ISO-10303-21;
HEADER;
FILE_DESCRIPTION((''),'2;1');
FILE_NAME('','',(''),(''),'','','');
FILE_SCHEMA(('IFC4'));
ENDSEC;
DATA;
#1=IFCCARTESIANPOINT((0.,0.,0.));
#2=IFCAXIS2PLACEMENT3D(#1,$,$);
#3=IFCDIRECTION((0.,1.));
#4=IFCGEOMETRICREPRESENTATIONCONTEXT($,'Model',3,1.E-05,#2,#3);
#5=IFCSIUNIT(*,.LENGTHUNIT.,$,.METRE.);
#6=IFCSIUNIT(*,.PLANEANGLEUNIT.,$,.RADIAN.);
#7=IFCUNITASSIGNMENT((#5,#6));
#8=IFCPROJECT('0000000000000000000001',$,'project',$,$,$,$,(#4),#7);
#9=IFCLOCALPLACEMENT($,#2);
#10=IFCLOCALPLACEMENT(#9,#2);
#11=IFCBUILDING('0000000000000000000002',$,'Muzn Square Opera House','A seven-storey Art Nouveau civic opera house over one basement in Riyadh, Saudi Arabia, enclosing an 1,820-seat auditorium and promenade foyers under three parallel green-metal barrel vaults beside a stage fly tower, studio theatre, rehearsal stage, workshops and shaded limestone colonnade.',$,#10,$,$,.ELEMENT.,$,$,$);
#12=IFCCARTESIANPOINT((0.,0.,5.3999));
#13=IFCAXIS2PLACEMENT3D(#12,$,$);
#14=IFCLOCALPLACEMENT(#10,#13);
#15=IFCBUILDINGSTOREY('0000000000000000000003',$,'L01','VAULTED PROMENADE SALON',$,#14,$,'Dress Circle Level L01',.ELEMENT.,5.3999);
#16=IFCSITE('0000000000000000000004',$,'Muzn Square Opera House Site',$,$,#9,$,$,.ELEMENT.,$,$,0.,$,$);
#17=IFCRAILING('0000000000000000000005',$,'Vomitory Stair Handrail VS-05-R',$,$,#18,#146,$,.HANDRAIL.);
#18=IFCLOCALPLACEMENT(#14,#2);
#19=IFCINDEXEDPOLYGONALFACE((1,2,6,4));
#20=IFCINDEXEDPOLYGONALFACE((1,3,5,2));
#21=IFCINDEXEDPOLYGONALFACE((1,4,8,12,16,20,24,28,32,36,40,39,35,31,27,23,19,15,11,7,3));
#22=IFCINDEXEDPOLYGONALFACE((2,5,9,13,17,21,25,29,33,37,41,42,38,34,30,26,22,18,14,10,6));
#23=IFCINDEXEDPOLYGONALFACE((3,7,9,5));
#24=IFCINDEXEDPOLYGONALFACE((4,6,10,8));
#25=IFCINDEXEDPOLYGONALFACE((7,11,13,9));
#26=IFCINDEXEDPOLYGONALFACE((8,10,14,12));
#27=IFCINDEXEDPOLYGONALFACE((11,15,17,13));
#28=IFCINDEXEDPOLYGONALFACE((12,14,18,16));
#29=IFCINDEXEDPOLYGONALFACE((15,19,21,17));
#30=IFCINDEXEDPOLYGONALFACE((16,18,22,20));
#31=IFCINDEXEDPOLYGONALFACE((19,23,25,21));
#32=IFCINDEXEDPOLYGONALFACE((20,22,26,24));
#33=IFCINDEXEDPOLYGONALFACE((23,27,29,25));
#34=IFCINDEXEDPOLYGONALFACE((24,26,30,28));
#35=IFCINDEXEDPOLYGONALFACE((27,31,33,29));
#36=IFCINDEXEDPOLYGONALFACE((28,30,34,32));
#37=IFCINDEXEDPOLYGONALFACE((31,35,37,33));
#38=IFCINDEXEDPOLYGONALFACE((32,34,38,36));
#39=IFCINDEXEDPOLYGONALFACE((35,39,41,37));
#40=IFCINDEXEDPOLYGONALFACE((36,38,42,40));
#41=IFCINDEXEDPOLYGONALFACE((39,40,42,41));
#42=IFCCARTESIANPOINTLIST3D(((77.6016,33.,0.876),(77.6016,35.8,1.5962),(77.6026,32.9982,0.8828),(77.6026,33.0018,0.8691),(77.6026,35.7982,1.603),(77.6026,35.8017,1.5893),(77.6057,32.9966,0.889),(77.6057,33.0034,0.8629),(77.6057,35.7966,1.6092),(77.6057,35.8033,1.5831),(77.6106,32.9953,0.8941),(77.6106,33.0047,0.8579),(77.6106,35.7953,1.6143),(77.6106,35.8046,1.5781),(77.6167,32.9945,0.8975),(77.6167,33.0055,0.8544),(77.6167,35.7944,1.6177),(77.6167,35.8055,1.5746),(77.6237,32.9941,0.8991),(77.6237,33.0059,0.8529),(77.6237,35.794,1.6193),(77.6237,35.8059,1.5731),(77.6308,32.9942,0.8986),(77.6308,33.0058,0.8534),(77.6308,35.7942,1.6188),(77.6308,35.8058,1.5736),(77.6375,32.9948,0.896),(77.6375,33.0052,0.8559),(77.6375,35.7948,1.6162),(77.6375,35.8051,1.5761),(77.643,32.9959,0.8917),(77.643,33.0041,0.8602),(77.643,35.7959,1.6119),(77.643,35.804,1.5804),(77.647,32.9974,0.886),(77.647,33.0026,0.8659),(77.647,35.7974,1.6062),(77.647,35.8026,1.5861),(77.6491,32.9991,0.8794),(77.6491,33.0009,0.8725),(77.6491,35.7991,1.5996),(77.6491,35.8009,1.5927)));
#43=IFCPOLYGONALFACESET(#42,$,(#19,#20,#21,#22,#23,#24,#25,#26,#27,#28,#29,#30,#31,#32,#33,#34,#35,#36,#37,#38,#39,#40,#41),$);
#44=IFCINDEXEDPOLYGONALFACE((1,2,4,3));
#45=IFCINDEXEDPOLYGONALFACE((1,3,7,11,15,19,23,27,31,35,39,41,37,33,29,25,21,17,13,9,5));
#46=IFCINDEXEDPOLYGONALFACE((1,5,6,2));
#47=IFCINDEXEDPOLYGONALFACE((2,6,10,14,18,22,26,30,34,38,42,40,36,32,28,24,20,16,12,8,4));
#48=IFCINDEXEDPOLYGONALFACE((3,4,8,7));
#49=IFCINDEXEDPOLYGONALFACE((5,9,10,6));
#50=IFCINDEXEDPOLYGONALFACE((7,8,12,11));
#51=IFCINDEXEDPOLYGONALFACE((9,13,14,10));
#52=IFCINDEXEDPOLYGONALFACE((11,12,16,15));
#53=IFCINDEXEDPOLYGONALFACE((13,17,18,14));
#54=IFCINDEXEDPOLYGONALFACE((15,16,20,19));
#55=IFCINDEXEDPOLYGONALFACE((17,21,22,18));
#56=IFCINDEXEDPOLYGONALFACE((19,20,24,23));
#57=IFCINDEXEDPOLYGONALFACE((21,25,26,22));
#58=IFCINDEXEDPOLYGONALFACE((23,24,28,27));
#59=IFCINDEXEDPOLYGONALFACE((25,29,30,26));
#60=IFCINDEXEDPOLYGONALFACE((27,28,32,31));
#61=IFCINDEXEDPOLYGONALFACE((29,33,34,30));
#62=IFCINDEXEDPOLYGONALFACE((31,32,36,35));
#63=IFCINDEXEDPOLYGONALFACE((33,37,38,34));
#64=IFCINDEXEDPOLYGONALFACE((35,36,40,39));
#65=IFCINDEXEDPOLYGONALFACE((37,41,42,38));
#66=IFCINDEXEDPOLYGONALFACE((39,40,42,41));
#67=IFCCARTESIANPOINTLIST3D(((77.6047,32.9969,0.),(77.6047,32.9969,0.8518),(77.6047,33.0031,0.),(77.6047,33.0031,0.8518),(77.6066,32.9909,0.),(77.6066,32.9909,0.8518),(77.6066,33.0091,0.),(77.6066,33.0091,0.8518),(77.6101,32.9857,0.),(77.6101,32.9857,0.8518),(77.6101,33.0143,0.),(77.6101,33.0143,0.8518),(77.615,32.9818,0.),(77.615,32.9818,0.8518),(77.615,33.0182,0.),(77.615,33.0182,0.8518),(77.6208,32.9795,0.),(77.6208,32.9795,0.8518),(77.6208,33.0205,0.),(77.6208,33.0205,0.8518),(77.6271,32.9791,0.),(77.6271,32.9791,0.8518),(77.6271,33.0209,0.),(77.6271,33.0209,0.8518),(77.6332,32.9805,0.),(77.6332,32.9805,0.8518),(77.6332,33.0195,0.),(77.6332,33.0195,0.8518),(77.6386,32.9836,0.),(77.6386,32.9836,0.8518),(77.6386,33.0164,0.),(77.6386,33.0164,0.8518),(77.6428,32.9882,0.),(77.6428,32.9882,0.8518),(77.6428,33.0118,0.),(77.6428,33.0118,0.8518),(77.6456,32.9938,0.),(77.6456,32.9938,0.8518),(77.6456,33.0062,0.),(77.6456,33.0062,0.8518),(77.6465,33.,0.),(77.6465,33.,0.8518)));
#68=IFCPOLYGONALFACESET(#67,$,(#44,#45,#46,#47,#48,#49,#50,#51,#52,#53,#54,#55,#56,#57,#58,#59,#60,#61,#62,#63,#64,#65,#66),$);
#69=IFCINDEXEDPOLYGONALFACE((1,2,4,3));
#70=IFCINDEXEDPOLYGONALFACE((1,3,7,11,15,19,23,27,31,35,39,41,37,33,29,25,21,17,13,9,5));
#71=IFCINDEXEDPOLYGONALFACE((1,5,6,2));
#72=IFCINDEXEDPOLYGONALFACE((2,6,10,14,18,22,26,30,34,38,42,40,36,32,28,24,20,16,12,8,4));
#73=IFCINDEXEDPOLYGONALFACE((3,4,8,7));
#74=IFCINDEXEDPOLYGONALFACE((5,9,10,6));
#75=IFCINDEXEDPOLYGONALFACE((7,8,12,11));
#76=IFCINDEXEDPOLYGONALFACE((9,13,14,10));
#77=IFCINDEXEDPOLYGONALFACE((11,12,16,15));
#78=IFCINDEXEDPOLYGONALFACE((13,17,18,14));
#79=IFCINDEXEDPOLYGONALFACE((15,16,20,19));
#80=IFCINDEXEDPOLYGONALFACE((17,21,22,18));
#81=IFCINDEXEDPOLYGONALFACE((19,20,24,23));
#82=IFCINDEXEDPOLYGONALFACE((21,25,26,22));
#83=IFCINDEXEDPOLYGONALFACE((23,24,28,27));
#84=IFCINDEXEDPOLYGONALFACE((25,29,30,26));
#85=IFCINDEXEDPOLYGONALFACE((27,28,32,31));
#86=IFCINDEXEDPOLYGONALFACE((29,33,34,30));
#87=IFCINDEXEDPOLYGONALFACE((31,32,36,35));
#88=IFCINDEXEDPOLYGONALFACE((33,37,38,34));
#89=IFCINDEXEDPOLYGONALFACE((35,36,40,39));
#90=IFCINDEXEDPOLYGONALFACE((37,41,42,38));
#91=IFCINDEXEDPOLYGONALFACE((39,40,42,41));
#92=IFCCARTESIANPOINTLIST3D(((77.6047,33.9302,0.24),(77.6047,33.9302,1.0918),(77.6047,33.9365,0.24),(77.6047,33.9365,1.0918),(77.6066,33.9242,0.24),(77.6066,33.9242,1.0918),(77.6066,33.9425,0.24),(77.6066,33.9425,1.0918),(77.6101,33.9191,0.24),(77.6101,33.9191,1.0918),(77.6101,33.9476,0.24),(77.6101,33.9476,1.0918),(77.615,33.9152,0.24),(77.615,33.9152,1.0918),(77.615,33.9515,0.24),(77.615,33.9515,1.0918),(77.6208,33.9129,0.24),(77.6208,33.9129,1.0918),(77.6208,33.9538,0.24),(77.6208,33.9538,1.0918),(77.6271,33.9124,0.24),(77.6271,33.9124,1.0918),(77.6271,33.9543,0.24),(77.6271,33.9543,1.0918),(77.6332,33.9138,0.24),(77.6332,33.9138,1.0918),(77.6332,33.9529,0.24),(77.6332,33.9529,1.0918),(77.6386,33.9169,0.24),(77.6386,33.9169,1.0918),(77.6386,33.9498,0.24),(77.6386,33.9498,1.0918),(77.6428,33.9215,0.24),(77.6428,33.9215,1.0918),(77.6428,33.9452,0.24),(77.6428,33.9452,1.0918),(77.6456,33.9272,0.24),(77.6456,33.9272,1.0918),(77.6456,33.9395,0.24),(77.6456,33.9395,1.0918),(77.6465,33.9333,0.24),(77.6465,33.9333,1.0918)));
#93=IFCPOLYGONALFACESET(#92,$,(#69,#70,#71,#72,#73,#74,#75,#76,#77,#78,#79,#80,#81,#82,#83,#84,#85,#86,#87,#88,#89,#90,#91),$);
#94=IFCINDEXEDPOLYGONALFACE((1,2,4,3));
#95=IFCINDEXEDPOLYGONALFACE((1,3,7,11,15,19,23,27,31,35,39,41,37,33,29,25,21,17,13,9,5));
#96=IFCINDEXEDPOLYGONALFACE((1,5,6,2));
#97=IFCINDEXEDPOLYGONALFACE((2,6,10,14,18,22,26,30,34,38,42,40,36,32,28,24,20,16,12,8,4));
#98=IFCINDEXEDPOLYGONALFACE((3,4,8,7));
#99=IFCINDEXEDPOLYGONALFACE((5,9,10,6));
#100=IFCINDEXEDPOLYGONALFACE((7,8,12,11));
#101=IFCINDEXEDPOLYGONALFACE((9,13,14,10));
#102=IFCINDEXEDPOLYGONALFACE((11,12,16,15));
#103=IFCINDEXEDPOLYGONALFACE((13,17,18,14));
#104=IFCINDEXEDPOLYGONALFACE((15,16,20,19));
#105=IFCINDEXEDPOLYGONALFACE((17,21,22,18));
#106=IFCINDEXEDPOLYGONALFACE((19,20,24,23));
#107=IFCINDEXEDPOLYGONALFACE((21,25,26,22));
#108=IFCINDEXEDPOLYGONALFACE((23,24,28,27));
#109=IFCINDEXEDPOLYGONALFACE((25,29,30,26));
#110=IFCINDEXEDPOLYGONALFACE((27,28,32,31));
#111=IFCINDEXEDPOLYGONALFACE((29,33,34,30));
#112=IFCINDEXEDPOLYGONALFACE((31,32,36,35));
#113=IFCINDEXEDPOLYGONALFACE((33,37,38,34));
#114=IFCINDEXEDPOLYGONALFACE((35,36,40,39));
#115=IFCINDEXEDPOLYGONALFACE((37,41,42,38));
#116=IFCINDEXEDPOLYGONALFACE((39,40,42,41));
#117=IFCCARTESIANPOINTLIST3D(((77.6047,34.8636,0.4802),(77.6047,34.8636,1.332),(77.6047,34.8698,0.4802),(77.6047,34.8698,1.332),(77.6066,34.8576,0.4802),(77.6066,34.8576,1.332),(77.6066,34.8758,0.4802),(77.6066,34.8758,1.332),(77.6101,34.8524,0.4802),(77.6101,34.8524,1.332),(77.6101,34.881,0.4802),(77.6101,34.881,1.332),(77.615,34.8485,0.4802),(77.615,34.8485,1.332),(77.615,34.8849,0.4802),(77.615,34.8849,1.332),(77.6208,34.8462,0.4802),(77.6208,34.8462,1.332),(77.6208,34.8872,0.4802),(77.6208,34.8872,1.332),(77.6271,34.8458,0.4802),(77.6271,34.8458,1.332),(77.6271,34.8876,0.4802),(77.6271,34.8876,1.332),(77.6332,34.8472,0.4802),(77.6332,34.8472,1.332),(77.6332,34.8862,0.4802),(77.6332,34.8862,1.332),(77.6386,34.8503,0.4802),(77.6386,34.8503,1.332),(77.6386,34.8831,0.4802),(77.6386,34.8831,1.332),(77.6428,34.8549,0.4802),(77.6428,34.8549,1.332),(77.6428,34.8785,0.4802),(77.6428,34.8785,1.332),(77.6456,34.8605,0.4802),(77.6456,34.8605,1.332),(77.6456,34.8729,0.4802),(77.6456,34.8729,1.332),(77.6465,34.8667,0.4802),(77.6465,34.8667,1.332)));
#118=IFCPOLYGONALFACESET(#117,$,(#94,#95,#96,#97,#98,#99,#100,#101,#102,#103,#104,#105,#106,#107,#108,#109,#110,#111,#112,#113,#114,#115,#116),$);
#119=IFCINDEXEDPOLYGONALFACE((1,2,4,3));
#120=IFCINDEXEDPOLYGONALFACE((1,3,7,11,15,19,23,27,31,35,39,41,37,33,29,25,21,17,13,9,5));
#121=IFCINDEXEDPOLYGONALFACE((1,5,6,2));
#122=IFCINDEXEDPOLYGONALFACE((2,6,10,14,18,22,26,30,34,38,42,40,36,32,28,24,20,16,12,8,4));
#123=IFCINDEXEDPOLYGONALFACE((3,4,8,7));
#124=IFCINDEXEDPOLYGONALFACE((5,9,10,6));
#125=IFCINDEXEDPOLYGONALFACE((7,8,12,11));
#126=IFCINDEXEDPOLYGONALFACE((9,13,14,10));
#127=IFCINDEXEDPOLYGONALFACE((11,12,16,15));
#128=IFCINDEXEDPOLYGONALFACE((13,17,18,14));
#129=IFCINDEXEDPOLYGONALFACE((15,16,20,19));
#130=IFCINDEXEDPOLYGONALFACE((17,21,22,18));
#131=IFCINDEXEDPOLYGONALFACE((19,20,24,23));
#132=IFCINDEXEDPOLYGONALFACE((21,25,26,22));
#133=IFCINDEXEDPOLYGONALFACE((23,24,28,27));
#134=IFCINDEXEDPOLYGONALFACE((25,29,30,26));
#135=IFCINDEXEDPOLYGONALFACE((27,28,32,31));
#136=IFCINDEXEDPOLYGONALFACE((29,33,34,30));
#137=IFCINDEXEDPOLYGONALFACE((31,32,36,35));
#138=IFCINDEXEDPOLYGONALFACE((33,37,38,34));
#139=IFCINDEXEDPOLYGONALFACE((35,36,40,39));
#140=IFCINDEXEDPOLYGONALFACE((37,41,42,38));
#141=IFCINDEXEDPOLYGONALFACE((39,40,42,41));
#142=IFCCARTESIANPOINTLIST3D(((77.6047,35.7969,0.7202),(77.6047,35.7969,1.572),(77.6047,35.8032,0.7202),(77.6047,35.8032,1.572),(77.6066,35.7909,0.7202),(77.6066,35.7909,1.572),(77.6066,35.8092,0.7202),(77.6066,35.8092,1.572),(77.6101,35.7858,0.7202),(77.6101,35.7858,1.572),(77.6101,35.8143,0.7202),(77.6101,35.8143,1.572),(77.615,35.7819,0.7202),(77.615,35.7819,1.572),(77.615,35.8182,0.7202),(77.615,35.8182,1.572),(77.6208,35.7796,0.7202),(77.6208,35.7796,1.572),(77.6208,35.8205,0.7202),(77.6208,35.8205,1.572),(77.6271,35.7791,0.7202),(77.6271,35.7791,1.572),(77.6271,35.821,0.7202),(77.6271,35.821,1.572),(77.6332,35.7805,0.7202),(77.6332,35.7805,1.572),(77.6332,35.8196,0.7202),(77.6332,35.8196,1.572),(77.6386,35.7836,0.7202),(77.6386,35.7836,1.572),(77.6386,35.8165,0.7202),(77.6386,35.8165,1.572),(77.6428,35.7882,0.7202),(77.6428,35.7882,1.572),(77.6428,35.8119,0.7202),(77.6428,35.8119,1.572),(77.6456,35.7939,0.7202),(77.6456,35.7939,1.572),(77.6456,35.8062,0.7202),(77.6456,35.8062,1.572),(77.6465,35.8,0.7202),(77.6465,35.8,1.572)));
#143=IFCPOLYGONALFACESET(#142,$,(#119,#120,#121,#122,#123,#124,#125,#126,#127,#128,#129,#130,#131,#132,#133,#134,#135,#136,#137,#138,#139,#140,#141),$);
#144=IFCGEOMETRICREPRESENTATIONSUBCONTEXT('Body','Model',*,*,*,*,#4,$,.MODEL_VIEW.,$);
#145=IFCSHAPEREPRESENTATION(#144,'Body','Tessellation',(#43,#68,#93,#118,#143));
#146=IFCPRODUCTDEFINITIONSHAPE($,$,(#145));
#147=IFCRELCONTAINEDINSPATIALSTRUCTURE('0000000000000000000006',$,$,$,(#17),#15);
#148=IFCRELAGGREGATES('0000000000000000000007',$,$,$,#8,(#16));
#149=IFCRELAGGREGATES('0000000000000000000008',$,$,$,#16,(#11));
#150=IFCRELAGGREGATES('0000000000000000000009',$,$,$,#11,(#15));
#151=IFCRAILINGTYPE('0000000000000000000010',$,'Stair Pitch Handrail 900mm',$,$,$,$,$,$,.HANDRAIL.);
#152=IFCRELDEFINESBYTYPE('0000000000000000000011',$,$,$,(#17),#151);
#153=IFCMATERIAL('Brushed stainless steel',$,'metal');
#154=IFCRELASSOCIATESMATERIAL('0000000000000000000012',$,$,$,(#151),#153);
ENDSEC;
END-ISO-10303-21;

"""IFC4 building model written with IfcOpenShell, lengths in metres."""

from ifc_helpers import new_model, si_unit, direction, frame, origin, origin_2d, place, context, subcontext, project, spatial, circle, extrude, material, type_object, element, save


model = new_model("IFC4")

# Units and contexts
model_context = context("Model", 3, precision=1e-05, world=origin(), true_north=direction((0.0, 1.0)))
body_context = subcontext(model_context, "Body", "Model", "MODEL_VIEW")
ifc_project = project(units=[si_unit("LENGTHUNIT", "METRE"), si_unit("PLANEANGLEUNIT", "RADIAN")], contexts=[model_context])

# Site, building, storey
site_placement = place(None, origin())
site = spatial("IfcSite", under=ifc_project, at=site_placement, Name="Muzn Square Opera House Site", CompositionType="ELEMENT", RefElevation=0.0)
building_placement = place(site_placement, origin())
building = spatial("IfcBuilding", under=site, at=building_placement, Name="Muzn Square Opera House", Description="A seven-storey Art Nouveau civic opera house over one basement in Riyadh, Saudi Arabia, enclosing an 1,820-seat auditorium and promenade foyers under three parallel green-metal barrel vaults beside a stage fly tower, studio theatre, rehearsal stage, workshops and shaded limestone colonnade.", CompositionType="ELEMENT")
storey_placement = place(building_placement, frame((0.0, 0.0, 5.3999)))
storey = spatial("IfcBuildingStorey", under=building, at=storey_placement, Name="L01", Description="VAULTED PROMENADE SALON", LongName="Dress Circle Level L01", CompositionType="ELEMENT", Elevation=5.3999)

# Railing
ifc_material_1 = material(Name="Brushed stainless steel", Category="metal")
railing_type_1 = type_object("IfcRailingType", Name="Stair Pitch Handrail 900mm", PredefinedType="HANDRAIL", material=ifc_material_1)
for number, where, name in (
    (1, (77.6255, 33.0, 0.0), "Vomitory Stair Handrail VS-05-R"),
):
    element("IfcRailing", number, at=place(storey_placement, frame(where)), inside=storey, type_object=railing_type_1, Name=name, PredefinedType="HANDRAIL", context=body_context, shape_type="SweptSolid", body=[
        extrude(circle(Radius=0.0239, at=origin_2d()), frame((0.0, 0.0, 0.876), z_axis=(0.0, 0.968476, 0.249107), x_axis=(-1.0, 0.0, 0.0)), (0.0, 0.0, 1.0), 2.8911),
        extrude(circle(Radius=0.021, at=origin_2d()), origin(), (0.0, 0.0, 1.0), 0.8518),
        extrude(circle(Radius=0.021, at=origin_2d()), frame((0.0, 0.9333, 0.24)), (0.0, 0.0, 1.0), 0.8518),
        extrude(circle(Radius=0.021, at=origin_2d()), frame((0.0, 1.8667, 0.4802)), (0.0, 0.0, 1.0), 0.8518),
        extrude(circle(Radius=0.021, at=origin_2d()), frame((0.0, 2.8, 0.7202)), (0.0, 0.0, 1.0), 0.8518),
    ])

save(model, "model.ifc")
